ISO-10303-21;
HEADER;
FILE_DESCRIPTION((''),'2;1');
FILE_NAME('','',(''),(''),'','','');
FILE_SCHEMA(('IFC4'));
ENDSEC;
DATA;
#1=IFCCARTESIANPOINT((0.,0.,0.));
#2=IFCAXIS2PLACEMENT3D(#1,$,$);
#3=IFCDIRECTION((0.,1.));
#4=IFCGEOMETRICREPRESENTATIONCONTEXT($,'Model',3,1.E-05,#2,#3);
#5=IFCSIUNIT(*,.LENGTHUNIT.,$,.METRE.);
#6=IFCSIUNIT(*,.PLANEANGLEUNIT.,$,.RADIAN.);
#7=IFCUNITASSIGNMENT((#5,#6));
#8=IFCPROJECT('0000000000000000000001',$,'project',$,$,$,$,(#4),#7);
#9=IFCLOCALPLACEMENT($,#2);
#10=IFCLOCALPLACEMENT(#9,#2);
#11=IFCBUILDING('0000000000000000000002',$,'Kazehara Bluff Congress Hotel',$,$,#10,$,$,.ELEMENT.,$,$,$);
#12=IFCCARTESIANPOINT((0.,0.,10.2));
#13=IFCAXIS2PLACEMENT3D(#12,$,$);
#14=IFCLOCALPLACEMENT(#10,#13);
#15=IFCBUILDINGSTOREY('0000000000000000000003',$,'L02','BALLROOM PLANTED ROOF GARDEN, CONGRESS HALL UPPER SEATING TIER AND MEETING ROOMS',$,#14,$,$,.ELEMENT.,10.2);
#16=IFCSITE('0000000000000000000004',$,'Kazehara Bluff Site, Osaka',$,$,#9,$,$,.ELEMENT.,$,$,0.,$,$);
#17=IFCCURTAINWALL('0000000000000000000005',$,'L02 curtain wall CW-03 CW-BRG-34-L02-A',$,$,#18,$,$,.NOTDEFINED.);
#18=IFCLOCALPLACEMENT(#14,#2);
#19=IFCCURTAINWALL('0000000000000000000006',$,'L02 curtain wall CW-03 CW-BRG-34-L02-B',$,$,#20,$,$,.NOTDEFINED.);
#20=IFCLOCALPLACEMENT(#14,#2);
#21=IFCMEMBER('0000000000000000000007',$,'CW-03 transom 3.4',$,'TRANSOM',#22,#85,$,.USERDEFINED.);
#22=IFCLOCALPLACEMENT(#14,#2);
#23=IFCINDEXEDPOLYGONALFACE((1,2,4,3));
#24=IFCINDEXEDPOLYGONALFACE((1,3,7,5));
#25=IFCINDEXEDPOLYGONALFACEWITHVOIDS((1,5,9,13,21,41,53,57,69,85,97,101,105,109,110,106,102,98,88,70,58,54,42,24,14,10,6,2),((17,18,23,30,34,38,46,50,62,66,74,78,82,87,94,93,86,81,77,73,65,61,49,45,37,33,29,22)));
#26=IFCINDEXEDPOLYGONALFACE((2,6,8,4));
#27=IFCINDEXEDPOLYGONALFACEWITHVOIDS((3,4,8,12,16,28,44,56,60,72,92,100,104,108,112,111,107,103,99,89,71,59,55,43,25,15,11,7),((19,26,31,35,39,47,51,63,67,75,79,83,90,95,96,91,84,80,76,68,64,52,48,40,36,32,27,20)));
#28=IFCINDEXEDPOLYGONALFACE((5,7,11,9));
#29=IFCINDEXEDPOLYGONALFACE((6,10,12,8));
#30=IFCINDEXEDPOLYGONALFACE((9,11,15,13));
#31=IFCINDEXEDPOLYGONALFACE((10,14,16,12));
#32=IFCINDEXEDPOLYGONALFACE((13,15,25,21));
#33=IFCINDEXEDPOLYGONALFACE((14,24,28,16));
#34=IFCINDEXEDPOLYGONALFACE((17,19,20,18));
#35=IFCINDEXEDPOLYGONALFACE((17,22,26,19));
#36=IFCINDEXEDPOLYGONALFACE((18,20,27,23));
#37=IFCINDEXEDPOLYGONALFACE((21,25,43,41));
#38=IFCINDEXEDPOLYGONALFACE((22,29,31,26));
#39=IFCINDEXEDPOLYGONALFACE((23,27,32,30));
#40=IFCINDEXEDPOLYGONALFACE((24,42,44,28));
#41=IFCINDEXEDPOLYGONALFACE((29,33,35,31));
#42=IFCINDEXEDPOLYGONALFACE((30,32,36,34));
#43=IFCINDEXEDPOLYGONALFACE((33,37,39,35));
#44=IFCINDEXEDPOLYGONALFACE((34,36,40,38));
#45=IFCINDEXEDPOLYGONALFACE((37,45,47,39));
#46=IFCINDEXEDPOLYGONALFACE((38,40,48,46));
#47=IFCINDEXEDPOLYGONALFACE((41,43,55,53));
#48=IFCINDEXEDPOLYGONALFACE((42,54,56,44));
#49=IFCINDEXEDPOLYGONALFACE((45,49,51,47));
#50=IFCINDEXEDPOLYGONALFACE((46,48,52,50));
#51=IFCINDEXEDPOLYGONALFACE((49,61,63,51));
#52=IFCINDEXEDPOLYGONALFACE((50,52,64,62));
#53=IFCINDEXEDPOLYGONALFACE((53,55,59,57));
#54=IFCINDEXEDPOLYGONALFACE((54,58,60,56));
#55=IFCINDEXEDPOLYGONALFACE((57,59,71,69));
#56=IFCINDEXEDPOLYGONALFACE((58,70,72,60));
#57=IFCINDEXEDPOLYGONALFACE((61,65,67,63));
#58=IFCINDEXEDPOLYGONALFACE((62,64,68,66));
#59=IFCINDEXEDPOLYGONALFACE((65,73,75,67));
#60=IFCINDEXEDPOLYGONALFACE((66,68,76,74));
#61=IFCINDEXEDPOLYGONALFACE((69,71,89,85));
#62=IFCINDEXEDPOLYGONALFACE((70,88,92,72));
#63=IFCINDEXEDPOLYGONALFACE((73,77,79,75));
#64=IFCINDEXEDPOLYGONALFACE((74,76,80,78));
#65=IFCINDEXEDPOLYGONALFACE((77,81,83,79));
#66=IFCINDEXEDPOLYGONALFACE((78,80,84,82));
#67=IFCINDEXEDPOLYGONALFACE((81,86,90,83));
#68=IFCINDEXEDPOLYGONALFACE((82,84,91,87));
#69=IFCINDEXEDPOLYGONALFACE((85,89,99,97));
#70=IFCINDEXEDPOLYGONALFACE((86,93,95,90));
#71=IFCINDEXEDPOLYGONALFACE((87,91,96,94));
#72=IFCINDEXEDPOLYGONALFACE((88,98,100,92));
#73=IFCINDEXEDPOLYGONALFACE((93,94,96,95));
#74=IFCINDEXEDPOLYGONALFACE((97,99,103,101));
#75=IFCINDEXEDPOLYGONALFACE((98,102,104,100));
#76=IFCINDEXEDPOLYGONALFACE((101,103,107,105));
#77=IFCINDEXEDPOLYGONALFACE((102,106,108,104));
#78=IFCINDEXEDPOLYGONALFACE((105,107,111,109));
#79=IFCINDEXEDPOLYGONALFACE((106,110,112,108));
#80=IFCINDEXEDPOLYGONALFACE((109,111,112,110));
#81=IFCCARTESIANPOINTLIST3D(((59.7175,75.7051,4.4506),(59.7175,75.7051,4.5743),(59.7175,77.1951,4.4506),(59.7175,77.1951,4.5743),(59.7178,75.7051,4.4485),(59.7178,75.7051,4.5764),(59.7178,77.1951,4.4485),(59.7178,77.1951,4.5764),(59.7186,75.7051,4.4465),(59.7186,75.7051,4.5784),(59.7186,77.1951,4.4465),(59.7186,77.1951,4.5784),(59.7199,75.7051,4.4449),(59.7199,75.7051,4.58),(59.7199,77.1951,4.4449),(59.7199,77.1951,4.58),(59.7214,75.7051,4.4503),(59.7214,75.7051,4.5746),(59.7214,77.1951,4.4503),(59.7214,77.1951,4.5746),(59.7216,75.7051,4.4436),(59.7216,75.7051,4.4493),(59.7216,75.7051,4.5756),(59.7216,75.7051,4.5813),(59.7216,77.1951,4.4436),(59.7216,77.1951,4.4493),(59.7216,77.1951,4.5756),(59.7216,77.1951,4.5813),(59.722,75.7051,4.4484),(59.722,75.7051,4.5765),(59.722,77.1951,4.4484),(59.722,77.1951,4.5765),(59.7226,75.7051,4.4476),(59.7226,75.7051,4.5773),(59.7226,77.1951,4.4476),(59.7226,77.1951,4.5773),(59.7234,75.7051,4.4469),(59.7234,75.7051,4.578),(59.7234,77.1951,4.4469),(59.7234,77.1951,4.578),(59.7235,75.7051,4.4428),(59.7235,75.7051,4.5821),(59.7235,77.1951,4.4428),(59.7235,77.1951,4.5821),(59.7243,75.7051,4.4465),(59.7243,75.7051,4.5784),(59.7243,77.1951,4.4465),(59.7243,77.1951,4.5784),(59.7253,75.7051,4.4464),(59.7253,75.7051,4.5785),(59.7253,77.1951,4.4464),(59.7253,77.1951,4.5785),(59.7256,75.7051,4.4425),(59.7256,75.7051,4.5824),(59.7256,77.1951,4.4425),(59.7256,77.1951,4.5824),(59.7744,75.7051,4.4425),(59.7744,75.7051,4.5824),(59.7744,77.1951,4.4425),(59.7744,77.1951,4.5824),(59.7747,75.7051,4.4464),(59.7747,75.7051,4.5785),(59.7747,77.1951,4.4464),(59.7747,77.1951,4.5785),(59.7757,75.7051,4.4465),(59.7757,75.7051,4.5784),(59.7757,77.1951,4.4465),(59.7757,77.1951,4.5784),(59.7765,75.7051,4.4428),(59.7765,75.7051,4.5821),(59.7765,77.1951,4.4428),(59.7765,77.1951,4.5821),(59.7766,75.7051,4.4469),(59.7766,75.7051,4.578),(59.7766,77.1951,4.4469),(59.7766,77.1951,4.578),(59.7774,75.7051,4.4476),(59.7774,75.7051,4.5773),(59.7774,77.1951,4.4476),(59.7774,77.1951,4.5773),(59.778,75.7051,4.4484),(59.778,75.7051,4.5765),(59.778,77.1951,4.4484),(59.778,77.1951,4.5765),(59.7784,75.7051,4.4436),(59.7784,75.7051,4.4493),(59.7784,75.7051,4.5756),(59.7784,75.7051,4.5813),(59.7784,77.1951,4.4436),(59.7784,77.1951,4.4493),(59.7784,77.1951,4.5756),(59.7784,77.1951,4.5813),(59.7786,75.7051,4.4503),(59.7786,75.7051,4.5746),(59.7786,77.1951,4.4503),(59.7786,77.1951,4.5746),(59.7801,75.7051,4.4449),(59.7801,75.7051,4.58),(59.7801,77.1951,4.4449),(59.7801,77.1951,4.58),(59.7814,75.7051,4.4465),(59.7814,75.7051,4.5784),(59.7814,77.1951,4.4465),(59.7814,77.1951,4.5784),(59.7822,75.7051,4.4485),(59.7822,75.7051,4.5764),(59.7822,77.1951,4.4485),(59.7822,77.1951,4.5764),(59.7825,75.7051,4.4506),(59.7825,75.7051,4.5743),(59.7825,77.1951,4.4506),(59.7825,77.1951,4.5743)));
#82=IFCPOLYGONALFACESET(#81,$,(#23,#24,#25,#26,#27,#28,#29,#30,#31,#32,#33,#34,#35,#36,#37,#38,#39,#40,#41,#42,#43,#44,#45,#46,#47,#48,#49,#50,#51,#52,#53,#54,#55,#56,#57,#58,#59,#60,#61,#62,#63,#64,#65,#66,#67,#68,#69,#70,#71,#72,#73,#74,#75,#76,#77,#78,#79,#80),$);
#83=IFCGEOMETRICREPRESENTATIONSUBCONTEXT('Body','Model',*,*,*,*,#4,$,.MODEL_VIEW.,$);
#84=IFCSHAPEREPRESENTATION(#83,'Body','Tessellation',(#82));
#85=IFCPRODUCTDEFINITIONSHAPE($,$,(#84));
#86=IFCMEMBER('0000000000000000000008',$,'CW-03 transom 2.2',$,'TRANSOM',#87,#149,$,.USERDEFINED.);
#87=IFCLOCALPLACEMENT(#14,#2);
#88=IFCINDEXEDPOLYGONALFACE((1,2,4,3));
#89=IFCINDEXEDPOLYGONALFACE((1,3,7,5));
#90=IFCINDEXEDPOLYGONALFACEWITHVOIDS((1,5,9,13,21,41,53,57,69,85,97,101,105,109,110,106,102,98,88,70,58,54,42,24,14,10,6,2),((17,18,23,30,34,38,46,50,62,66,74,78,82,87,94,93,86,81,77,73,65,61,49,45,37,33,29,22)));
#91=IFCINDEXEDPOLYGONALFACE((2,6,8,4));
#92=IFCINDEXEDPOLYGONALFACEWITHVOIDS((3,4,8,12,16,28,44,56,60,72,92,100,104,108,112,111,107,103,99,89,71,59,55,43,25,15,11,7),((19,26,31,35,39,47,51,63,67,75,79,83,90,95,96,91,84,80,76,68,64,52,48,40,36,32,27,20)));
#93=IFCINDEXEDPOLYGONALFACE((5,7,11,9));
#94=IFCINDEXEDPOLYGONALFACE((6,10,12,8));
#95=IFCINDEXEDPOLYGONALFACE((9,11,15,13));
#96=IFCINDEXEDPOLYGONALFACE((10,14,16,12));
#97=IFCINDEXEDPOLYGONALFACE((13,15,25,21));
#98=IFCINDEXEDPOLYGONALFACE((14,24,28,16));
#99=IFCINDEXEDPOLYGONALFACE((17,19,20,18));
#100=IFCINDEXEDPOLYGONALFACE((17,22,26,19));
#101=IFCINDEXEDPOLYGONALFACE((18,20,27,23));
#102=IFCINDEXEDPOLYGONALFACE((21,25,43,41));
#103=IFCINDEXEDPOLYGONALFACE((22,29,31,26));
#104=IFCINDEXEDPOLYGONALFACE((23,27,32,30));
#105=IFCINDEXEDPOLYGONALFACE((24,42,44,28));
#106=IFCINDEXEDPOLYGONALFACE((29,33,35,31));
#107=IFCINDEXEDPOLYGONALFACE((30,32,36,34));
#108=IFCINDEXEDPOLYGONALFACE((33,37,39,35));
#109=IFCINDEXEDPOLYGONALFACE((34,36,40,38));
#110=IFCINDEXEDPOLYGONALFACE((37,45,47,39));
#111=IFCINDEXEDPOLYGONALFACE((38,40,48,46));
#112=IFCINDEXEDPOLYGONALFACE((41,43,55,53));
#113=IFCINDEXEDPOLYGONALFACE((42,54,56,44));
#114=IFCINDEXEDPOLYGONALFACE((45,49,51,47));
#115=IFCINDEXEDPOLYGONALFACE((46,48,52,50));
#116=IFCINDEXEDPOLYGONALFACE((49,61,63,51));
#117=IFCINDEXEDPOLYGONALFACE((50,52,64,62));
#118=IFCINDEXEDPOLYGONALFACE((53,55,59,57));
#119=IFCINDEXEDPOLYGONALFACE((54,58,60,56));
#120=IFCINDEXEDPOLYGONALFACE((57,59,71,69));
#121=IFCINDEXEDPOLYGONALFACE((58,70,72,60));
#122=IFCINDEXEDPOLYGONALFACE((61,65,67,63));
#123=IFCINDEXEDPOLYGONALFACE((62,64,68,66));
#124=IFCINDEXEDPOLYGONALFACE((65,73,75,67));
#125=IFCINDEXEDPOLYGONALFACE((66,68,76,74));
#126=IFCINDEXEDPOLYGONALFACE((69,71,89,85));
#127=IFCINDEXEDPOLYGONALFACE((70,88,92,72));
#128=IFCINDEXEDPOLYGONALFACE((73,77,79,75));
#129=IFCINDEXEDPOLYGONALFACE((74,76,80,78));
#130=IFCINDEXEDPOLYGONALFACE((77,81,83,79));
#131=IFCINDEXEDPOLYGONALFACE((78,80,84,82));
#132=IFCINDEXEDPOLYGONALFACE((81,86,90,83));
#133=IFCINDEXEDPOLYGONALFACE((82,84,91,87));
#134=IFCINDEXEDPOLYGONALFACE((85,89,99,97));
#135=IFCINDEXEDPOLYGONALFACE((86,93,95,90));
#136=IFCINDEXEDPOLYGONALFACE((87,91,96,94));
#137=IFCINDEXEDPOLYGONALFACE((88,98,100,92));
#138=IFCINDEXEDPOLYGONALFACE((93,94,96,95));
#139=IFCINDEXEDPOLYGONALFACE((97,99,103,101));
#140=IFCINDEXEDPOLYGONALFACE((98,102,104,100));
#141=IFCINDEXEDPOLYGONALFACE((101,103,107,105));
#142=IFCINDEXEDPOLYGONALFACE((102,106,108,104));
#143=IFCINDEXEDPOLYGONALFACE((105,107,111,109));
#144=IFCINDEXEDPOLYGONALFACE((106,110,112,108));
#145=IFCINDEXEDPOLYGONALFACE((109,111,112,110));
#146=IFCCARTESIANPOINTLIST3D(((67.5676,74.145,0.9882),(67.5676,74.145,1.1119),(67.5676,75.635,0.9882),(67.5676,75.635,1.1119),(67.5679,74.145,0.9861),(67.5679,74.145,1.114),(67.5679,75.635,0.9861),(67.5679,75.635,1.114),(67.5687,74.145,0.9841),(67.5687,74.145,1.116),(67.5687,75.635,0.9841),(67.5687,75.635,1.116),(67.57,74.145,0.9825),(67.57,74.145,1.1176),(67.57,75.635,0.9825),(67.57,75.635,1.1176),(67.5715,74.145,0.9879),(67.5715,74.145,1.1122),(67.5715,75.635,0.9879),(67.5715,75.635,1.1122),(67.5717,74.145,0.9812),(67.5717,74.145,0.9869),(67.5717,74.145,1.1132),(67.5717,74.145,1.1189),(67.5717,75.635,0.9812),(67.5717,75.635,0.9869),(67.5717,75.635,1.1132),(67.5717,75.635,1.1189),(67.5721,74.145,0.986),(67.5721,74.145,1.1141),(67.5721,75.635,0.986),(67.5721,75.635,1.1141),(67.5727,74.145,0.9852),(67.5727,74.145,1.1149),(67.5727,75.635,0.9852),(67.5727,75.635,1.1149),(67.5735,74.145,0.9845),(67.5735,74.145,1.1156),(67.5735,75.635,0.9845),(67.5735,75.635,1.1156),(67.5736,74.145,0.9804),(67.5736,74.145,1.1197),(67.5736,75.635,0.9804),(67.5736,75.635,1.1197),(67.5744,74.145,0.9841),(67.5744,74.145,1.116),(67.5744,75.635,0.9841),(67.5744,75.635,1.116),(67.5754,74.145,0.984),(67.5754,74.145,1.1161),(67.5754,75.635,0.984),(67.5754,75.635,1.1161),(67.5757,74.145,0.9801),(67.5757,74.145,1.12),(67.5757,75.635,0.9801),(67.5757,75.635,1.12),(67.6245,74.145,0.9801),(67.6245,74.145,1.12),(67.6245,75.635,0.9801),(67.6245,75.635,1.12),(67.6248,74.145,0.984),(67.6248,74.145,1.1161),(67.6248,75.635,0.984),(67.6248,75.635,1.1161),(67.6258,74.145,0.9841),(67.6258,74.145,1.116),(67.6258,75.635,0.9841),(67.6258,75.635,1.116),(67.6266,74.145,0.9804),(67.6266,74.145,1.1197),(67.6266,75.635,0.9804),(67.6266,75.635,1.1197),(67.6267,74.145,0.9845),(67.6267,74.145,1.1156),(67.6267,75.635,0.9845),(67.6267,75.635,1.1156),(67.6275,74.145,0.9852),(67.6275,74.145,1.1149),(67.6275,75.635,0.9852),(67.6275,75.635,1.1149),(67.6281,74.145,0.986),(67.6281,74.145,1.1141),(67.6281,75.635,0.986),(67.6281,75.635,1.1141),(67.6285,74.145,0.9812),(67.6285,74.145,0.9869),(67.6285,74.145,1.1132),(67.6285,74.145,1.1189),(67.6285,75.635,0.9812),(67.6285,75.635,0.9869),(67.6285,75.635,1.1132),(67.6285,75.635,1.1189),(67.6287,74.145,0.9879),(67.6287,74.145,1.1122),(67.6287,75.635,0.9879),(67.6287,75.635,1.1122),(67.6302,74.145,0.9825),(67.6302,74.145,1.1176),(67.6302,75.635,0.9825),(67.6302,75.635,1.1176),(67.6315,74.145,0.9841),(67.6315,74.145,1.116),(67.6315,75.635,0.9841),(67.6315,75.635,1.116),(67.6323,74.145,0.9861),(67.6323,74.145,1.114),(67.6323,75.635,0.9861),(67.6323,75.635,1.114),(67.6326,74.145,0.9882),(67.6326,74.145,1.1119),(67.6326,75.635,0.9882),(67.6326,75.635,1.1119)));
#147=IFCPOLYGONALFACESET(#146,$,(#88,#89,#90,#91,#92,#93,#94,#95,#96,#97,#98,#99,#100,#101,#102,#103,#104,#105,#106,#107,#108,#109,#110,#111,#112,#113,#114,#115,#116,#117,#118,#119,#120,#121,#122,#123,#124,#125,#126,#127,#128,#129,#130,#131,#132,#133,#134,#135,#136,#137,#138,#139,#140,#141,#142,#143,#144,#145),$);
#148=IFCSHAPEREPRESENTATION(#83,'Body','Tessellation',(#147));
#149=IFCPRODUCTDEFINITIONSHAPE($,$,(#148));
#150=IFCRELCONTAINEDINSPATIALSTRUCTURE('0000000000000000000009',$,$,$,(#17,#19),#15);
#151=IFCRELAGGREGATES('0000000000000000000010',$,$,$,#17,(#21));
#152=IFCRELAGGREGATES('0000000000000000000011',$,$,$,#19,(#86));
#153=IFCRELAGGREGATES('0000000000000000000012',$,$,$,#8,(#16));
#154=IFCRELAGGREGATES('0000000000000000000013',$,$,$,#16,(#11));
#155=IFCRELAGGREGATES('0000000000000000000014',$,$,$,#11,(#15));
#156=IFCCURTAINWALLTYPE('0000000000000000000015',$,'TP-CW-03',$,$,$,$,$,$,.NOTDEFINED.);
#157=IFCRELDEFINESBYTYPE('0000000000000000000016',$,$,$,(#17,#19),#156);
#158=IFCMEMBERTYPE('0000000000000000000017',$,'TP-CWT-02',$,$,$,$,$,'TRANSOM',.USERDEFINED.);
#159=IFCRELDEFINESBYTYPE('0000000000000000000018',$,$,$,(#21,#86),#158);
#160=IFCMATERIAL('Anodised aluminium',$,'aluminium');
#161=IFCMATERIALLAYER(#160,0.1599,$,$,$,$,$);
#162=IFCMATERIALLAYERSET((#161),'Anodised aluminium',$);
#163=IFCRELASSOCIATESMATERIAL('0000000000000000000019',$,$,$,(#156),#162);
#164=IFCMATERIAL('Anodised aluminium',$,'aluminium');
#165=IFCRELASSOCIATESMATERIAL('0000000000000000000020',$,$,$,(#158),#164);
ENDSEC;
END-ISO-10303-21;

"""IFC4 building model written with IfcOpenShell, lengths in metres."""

from ifc_helpers import new_model, si_unit, direction, frame, origin, origin_2d, place, context, subcontext, project, spatial, hollow_rectangle, extrude, material, layer, layer_set, material_profile, profile_set, type_object, element, aggregate, save


model = new_model("IFC4")

# Units and contexts
model_context = context("Model", 3, precision=1e-05, world=origin(), true_north=direction((0.0, 1.0)))
body_context = subcontext(model_context, "Body", "Model", "MODEL_VIEW")
ifc_project = project(units=[si_unit("LENGTHUNIT", "METRE"), si_unit("PLANEANGLEUNIT", "RADIAN")], contexts=[model_context])

# Site, building, storey
site_placement = place(None, origin())
site = spatial("IfcSite", under=ifc_project, at=site_placement, Name="Kazehara Bluff Site, Osaka", CompositionType="ELEMENT", RefElevation=0.0)
building_placement = place(site_placement, origin())
building = spatial("IfcBuilding", under=site, at=building_placement, Name="Kazehara Bluff Congress Hotel", CompositionType="ELEMENT")
storey_placement = place(building_placement, frame((0.0, 0.0, 10.2)))
storey = spatial("IfcBuildingStorey", under=building, at=storey_placement, Name="L02", Description="BALLROOM PLANTED ROOF GARDEN, CONGRESS HALL UPPER SEATING TIER AND MEETING ROOMS", CompositionType="ELEMENT", Elevation=10.2)

# Curtain wall
ifc_material_1 = material(Name="Anodised aluminium", Category="aluminium")
ifc_layer_1 = layer(ifc_material_1, 0.1599)
ifc_layer_set_1 = layer_set([ifc_layer_1], Name="Anodised aluminium")
curtain_wall_type = type_object("IfcCurtainWallType", Name="TP-CW-03", PredefinedType="NOTDEFINED", material=ifc_layer_set_1)
curtain_wall_1_placement = place(storey_placement, origin())
curtain_wall_1 = element("IfcCurtainWall", 1, at=curtain_wall_1_placement, inside=storey, type_object=curtain_wall_type, Name="L02 curtain wall CW-03 CW-BRG-34-L02-A", PredefinedType="NOTDEFINED")

# Curtain wall
curtain_wall_2_placement = place(storey_placement, origin())
curtain_wall_2 = element("IfcCurtainWall", 2, at=curtain_wall_2_placement, inside=storey, type_object=curtain_wall_type, Name="L02 curtain wall CW-03 CW-BRG-34-L02-B", PredefinedType="NOTDEFINED")

# Members
ifc_material_2 = material(Name="Anodised aluminium", Category="aluminium")
ifc_material_profile_1 = material_profile(ifc_material_2, hollow_rectangle(XDim=0.0649, YDim=0.1399, WallThickness=0.0039, InnerFilletRadius=0.0039, OuterFilletRadius=0.0081, at=origin_2d()))
ifc_profile_set_1 = profile_set([ifc_material_profile_1], Name="Anodised aluminium")
member_type_1 = type_object("IfcMemberType", Name="TP-CWT-02", ElementType="TRANSOM", PredefinedType="USERDEFINED", material=ifc_profile_set_1)
member_1_placement = place(storey_placement, frame((59.75, 75.7051, 4.5125), z_axis=(0.0, 1.0, 0.0), x_axis=(-1.0, 0.0, 0.0)))
member_1 = element("IfcMember", 3, at=member_1_placement, type_object=member_type_1, Name="CW-03 transom 3.4", ObjectType="TRANSOM", PredefinedType="USERDEFINED", context=body_context, shape_type="SweptSolid", body=[
    extrude(hollow_rectangle(XDim=0.0649, YDim=0.1399, WallThickness=0.0039, InnerFilletRadius=0.0039, OuterFilletRadius=0.0081, at=origin_2d()), origin(), (0.0, 0.0, 1.0), 1.49),
])
member_2_placement = place(storey_placement, frame((67.6001, 74.145, 1.05), z_axis=(0.0, 1.0, 0.0), x_axis=(-1.0, 0.0, 0.0)))
member_2 = element("IfcMember", 4, at=member_2_placement, type_object=member_type_1, Name="CW-03 transom 2.2", ObjectType="TRANSOM", PredefinedType="USERDEFINED", context=body_context, shape_type="SweptSolid", body=[
    extrude(hollow_rectangle(XDim=0.0649, YDim=0.1399, WallThickness=0.0039, InnerFilletRadius=0.0039, OuterFilletRadius=0.0081, at=origin_2d()), origin(), (0.0, 0.0, 1.0), 1.49),
])

aggregate(curtain_wall_1, [member_1])
aggregate(curtain_wall_2, [member_2])

save(model, "model.ifc")
